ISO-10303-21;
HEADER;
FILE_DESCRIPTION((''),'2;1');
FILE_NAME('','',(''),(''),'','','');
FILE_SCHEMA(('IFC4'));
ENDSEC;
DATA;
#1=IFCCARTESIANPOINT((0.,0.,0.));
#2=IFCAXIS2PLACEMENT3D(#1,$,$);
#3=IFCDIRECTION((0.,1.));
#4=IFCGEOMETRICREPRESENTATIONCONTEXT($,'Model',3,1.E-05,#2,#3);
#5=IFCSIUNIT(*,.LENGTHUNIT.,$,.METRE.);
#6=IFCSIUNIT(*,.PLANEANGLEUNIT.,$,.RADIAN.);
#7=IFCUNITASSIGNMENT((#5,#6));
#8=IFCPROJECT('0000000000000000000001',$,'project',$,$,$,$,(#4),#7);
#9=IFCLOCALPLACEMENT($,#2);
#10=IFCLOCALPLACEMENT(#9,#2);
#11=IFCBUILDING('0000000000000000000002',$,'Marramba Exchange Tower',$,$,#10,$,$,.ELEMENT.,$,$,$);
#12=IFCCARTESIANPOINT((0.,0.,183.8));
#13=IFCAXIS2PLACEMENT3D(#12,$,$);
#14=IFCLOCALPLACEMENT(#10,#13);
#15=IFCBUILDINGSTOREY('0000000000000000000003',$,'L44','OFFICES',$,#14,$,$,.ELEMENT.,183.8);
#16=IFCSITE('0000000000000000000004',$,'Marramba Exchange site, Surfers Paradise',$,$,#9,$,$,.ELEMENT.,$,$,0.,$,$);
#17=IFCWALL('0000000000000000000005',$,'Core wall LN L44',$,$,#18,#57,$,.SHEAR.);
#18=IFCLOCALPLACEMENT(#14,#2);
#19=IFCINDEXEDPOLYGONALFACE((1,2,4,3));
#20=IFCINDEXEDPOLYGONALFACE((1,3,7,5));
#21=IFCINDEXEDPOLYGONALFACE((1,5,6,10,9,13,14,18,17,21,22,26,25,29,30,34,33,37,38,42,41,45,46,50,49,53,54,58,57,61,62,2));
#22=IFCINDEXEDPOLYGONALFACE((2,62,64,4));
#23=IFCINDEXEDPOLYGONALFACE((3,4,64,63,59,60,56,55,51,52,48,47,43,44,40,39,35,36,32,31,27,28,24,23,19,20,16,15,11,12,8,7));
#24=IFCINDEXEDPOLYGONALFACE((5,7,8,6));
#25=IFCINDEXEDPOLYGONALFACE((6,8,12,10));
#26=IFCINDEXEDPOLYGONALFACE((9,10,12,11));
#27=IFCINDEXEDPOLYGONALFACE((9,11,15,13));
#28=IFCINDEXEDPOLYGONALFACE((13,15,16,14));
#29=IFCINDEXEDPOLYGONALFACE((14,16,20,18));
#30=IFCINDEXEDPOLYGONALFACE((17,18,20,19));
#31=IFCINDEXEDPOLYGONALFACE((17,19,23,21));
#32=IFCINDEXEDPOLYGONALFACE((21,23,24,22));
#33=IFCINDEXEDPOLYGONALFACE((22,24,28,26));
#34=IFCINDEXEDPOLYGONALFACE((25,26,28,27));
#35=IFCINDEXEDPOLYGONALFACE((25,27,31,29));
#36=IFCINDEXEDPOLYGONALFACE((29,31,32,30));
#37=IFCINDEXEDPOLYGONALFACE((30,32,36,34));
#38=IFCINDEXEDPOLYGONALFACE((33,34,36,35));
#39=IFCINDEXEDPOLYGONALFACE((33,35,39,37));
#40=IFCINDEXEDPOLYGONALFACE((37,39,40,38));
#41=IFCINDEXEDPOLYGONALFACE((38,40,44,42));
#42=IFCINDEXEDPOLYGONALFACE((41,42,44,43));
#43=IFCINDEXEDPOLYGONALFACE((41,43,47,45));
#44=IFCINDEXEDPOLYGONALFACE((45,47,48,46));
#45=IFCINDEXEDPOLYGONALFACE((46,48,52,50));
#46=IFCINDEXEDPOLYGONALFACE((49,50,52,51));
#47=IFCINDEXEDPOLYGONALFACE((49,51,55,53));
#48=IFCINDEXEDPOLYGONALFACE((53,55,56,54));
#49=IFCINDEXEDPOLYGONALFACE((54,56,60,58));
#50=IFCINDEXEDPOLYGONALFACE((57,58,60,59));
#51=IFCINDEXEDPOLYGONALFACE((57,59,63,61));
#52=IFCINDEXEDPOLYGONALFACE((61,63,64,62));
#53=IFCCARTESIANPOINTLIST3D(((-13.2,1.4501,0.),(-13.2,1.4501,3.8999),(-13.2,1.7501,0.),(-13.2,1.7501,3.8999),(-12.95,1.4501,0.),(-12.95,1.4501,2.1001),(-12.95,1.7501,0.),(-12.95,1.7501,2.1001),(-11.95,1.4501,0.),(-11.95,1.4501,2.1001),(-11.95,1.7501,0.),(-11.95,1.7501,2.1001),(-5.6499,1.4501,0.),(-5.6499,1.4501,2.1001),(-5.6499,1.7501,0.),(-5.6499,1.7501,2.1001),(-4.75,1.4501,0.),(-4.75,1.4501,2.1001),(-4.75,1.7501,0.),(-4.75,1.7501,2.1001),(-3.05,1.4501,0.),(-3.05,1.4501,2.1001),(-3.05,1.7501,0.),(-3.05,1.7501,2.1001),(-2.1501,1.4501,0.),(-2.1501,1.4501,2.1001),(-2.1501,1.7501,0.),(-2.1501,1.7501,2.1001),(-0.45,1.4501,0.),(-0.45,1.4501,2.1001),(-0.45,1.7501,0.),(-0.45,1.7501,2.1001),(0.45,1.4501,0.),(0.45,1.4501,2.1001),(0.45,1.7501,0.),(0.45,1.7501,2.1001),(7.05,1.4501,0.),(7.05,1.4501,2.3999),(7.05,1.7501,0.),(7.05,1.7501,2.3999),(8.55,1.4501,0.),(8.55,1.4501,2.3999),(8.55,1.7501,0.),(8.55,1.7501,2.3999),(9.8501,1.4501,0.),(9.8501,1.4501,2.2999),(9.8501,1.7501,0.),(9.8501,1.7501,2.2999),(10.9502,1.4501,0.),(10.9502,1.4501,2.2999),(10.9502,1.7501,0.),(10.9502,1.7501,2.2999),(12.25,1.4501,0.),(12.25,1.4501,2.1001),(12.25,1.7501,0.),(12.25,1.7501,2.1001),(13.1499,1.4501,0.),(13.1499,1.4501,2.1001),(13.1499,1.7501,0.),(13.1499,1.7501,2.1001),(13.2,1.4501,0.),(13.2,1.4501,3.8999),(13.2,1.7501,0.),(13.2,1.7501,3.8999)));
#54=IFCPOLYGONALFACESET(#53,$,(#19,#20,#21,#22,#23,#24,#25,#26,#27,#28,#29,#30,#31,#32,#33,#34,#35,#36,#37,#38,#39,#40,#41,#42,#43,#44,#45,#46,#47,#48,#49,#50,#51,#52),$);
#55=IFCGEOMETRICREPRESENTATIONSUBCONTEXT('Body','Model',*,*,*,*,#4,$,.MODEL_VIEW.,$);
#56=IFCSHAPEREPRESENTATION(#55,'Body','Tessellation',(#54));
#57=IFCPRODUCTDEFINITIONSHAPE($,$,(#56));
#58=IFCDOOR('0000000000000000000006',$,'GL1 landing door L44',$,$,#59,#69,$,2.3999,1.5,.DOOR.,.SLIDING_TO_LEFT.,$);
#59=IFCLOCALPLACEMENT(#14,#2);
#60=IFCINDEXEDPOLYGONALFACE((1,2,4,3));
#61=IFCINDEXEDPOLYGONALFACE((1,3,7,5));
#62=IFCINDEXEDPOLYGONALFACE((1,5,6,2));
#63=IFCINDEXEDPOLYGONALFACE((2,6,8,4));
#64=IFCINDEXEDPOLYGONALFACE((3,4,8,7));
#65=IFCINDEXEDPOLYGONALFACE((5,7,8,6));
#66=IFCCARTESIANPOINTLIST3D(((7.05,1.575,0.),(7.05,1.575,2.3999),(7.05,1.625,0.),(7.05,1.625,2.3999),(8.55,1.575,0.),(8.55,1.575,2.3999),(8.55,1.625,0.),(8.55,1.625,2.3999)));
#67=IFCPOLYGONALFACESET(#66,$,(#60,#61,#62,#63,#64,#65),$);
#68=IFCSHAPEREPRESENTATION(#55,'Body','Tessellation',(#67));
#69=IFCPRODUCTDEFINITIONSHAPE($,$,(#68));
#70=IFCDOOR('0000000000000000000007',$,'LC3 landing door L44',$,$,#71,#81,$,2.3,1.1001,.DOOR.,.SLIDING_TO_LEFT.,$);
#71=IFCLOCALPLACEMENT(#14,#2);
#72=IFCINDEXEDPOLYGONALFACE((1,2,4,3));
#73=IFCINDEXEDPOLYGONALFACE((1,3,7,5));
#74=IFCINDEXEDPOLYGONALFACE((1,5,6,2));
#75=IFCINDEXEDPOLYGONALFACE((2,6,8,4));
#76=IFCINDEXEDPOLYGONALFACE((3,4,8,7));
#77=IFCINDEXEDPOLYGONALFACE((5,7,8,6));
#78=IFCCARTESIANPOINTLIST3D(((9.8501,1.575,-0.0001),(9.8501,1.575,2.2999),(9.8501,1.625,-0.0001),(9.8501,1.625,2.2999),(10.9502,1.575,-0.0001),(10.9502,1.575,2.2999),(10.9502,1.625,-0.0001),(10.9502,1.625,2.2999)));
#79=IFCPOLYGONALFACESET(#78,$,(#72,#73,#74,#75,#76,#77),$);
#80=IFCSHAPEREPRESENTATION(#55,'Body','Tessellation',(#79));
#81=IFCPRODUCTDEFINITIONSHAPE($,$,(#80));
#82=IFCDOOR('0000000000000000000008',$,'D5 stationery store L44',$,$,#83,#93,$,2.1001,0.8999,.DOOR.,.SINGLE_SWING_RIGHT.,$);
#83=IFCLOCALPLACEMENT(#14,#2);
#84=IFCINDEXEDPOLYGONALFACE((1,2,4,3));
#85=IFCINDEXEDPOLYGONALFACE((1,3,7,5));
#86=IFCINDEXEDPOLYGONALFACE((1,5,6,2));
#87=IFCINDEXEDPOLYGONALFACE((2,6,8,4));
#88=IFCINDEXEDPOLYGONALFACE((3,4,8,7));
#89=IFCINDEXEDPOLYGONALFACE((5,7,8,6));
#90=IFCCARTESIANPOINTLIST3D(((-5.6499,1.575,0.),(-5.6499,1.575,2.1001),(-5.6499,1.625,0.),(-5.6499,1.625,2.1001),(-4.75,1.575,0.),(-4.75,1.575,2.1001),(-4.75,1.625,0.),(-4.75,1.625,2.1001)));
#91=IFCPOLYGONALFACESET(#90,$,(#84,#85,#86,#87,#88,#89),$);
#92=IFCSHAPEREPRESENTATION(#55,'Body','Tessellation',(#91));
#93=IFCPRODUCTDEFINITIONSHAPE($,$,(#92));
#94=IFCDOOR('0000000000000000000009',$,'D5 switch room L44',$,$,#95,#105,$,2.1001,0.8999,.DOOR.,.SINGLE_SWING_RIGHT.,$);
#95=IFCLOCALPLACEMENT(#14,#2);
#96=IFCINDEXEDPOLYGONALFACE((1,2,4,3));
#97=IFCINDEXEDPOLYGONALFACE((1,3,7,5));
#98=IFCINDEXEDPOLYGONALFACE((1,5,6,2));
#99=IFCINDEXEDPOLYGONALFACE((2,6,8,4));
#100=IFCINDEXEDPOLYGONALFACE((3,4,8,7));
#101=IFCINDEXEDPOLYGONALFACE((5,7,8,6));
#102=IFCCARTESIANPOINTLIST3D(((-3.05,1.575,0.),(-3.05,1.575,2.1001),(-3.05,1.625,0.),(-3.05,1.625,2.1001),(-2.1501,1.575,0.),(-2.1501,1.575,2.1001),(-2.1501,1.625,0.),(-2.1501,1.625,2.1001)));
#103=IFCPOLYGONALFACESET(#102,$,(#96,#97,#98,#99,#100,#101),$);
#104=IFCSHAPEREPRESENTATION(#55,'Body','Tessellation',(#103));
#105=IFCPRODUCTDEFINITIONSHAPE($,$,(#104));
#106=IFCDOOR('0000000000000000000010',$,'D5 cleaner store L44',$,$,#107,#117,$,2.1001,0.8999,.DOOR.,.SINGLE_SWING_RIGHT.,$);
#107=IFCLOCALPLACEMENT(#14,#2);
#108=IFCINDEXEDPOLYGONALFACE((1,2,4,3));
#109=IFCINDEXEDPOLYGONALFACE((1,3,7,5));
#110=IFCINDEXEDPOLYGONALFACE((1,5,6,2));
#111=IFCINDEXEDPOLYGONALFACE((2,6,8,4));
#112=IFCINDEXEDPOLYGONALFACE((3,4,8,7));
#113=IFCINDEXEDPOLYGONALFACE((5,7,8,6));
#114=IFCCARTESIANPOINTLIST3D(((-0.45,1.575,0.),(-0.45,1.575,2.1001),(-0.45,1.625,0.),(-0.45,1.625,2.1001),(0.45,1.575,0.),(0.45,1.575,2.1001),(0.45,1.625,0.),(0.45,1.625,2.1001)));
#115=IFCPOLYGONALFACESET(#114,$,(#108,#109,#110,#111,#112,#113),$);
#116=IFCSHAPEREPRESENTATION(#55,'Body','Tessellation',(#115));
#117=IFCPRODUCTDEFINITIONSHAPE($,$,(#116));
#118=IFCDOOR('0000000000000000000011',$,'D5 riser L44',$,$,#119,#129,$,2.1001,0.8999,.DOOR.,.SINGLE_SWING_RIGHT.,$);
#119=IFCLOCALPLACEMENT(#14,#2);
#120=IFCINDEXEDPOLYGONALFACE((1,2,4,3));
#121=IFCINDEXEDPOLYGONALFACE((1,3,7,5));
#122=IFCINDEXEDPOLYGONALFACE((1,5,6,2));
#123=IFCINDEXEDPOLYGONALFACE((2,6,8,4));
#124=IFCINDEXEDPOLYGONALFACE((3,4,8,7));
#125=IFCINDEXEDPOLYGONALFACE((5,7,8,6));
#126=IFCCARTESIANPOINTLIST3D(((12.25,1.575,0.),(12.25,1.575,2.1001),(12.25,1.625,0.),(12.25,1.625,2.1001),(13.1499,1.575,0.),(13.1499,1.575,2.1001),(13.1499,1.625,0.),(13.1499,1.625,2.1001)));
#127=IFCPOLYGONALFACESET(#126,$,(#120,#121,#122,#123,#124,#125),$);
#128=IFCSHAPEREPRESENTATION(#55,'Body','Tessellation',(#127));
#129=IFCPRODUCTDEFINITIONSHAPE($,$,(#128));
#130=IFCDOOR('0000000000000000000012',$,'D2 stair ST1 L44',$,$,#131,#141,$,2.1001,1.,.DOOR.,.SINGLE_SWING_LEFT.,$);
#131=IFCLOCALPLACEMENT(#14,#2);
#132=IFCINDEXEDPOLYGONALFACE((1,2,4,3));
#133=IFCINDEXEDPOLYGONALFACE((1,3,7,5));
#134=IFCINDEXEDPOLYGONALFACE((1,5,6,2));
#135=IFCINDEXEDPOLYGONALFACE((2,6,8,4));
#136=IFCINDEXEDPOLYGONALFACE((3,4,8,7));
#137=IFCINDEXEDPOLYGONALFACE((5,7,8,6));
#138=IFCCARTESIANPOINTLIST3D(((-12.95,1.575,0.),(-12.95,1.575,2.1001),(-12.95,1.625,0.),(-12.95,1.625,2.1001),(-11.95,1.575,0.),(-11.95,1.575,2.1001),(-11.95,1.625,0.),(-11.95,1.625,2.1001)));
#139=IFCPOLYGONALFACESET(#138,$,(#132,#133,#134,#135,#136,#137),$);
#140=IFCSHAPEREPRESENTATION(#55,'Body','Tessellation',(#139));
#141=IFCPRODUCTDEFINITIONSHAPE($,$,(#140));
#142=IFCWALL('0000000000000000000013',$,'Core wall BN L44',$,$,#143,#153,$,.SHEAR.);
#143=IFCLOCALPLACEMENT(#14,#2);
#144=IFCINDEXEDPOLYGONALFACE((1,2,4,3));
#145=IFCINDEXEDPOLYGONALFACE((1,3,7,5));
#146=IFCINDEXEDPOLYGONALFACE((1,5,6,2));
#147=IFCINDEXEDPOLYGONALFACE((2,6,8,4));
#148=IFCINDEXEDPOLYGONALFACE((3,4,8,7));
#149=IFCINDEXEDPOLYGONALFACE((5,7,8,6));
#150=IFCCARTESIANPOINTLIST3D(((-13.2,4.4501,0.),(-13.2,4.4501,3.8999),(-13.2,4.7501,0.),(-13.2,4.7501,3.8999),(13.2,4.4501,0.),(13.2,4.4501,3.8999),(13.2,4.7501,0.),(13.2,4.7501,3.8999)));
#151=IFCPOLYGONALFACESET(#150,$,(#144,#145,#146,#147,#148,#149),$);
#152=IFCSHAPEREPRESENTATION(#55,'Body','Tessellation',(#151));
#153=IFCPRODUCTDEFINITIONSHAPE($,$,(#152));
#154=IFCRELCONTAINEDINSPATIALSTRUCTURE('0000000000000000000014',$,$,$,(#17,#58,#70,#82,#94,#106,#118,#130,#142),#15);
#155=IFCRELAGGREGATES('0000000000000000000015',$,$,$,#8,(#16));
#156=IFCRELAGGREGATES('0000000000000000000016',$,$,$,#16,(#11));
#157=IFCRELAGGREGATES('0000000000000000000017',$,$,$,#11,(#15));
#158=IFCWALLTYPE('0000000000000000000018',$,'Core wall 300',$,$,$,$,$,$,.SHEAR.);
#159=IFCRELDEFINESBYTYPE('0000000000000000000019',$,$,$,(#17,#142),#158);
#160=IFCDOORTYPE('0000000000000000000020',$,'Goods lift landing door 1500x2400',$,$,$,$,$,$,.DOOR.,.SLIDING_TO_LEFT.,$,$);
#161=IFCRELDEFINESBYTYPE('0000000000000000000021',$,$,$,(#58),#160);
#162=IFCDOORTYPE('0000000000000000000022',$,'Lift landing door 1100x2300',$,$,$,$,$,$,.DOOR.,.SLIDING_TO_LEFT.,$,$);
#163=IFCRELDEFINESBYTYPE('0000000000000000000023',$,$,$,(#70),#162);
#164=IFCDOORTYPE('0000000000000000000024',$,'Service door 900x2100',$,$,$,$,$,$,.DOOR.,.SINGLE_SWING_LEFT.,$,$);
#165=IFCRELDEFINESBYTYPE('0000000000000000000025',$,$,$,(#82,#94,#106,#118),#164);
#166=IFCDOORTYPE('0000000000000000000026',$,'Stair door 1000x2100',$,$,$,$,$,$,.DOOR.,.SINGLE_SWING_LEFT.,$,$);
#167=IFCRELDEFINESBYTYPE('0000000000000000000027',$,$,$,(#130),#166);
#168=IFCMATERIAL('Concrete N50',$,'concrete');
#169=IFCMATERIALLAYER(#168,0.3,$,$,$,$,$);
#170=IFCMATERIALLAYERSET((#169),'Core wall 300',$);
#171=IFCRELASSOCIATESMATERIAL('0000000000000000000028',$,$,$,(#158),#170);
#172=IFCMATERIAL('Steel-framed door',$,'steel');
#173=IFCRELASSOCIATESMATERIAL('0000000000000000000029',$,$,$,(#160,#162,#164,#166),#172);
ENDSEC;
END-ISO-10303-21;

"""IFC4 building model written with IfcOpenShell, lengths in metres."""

from ifc_helpers import new_model, si_unit, direction, frame, frame_2d, origin, place, context, subcontext, project, spatial, rectangle, extrude, material, layer, layer_set, type_object, element, fill, save


model = new_model("IFC4")

# Units and contexts
model_context = context("Model", 3, precision=1e-05, world=origin(), true_north=direction((0.0, 1.0)))
body_context = subcontext(model_context, "Body", "Model", "MODEL_VIEW")
ifc_project = project(units=[si_unit("LENGTHUNIT", "METRE"), si_unit("PLANEANGLEUNIT", "RADIAN")], contexts=[model_context])

# Site, building, storey
site_placement = place(None, origin())
site = spatial("IfcSite", under=ifc_project, at=site_placement, Name="Marramba Exchange site, Surfers Paradise", CompositionType="ELEMENT", RefElevation=0.0)
building_placement = place(site_placement, origin())
building = spatial("IfcBuilding", under=site, at=building_placement, Name="Marramba Exchange Tower", CompositionType="ELEMENT")
storey_placement = place(building_placement, frame((0.0, 0.0, 183.8)))
storey = spatial("IfcBuildingStorey", under=building, at=storey_placement, Name="L44", Description="OFFICES", CompositionType="ELEMENT", Elevation=183.8)

# Shared definitions
ifc_material_1 = material(Name="Concrete N50", Category="concrete")
ifc_material_2 = material(Name="Steel-framed door", Category="steel")

# Wall, openings, doors
ifc_layer_1 = layer(ifc_material_1, 0.3)
ifc_layer_set_1 = layer_set([ifc_layer_1], Name="Core wall 300")
wall_type_1 = type_object("IfcWallType", Name="Core wall 300", PredefinedType="SHEAR", material=ifc_layer_set_1)
wall_1_placement = place(storey_placement, frame((-13.2, 1.6001, 0.0), z_axis=(0.0, 0.0, 1.0), x_axis=(1.0, 0.0, 0.0)))
wall_1 = element("IfcWall", 1, at=wall_1_placement, inside=storey, type_object=wall_type_1, Name="Core wall LN L44", PredefinedType="SHEAR", context=body_context, shape_type="SweptSolid", body=[
    extrude(rectangle(XDim=26.3999, YDim=0.3, at=frame_2d((13.2, 0.0))), origin(), (0.0, 0.0, 1.0), 3.8999),
])
opening_1_placement = place(wall_1_placement, frame((0.25, 0.0, 0.0)))
opening_1 = element("IfcOpeningElement", 2, at=opening_1_placement, cuts=wall_1, PredefinedType="OPENING", context=body_context, shape_type="SweptSolid", body=[
    extrude(rectangle(XDim=1.0, YDim=2.1001, at=frame_2d((0.5, 1.05))), frame((0.0, 0.1599, 0.0), z_axis=(0.0, -1.0, 0.0), x_axis=(1.0, 0.0, 0.0)), (0.0, 0.0, 1.0), 0.3201),
])
opening_2_placement = place(wall_1_placement, frame((23.05, 0.0, 0.0)))
opening_2 = element("IfcOpeningElement", 3, at=opening_2_placement, cuts=wall_1, PredefinedType="OPENING", context=body_context, shape_type="SweptSolid", body=[
    extrude(rectangle(XDim=1.1001, YDim=2.3, at=frame_2d((0.55, 1.1499))), frame((0.0, 0.1599, 0.0), z_axis=(0.0, -1.0, 0.0), x_axis=(1.0, 0.0, 0.0)), (0.0, 0.0, 1.0), 0.3201),
])
opening_3_placement = place(wall_1_placement, frame((20.25, 0.0, 0.0)))
opening_3 = element("IfcOpeningElement", 4, at=opening_3_placement, cuts=wall_1, PredefinedType="OPENING", context=body_context, shape_type="SweptSolid", body=[
    extrude(rectangle(XDim=1.5, YDim=2.3999, at=frame_2d((0.75, 1.2))), frame((0.0, 0.1599, 0.0), z_axis=(0.0, -1.0, 0.0), x_axis=(1.0, 0.0, 0.0)), (0.0, 0.0, 1.0), 0.3201),
])
opening_4_placement = place(wall_1_placement, frame((7.55, 0.0, 0.0)))
opening_4 = element("IfcOpeningElement", 5, at=opening_4_placement, cuts=wall_1, PredefinedType="OPENING", context=body_context, shape_type="SweptSolid", body=[
    extrude(rectangle(XDim=0.8999, YDim=2.1001, at=frame_2d((0.45, 1.05))), frame((0.0, 0.1599, 0.0), z_axis=(0.0, -1.0, 0.0), x_axis=(1.0, 0.0, 0.0)), (0.0, 0.0, 1.0), 0.3201),
])
opening_5_placement = place(wall_1_placement, frame((10.1499, 0.0, 0.0)))
opening_5 = element("IfcOpeningElement", 6, at=opening_5_placement, cuts=wall_1, PredefinedType="OPENING", context=body_context, shape_type="SweptSolid", body=[
    extrude(rectangle(XDim=0.8999, YDim=2.1001, at=frame_2d((0.45, 1.05))), frame((0.0, 0.1599, 0.0), z_axis=(0.0, -1.0, 0.0), x_axis=(1.0, 0.0, 0.0)), (0.0, 0.0, 1.0), 0.3201),
])
opening_6_placement = place(wall_1_placement, frame((12.75, 0.0, 0.0)))
opening_6 = element("IfcOpeningElement", 7, at=opening_6_placement, cuts=wall_1, PredefinedType="OPENING", context=body_context, shape_type="SweptSolid", body=[
    extrude(rectangle(XDim=0.8999, YDim=2.1001, at=frame_2d((0.45, 1.05))), frame((0.0, 0.1599, 0.0), z_axis=(0.0, -1.0, 0.0), x_axis=(1.0, 0.0, 0.0)), (0.0, 0.0, 1.0), 0.3201),
])
opening_7_placement = place(wall_1_placement, frame((25.45, 0.0, 0.0)))
opening_7 = element("IfcOpeningElement", 8, at=opening_7_placement, cuts=wall_1, PredefinedType="OPENING", context=body_context, shape_type="SweptSolid", body=[
    extrude(rectangle(XDim=0.8999, YDim=2.1001, at=frame_2d((0.45, 1.05))), frame((0.0, 0.1599, 0.0), z_axis=(0.0, -1.0, 0.0), x_axis=(1.0, 0.0, 0.0)), (0.0, 0.0, 1.0), 0.3201),
])
door_type_1 = type_object("IfcDoorType", Name="Goods lift landing door 1500x2400", OperationType="SLIDING_TO_LEFT", PredefinedType="DOOR", material=ifc_material_2)
door_1_placement = place(opening_3_placement, origin())
door_1 = element("IfcDoor", 9, at=door_1_placement, inside=storey, type_object=door_type_1, Name="GL1 landing door L44", OperationType="SLIDING_TO_LEFT", OverallHeight=2.3999, OverallWidth=1.5, PredefinedType="DOOR", context=body_context, shape_type="SweptSolid", body=[
    extrude(rectangle(XDim=1.5, YDim=2.3999, at=frame_2d((0.75, 1.2))), frame((0.0, 0.0249, 0.0), z_axis=(0.0, -1.0, 0.0), x_axis=(1.0, 0.0, 0.0)), (0.0, 0.0, 1.0), 0.05),
])
fill(opening_3, door_1)
door_type_2 = type_object("IfcDoorType", Name="Lift landing door 1100x2300", OperationType="SLIDING_TO_LEFT", PredefinedType="DOOR", material=ifc_material_2)
door_2_placement = place(opening_2_placement, origin())
door_2 = element("IfcDoor", 10, at=door_2_placement, inside=storey, type_object=door_type_2, Name="LC3 landing door L44", OperationType="SLIDING_TO_LEFT", OverallHeight=2.3, OverallWidth=1.1001, PredefinedType="DOOR", context=body_context, shape_type="SweptSolid", body=[
    extrude(rectangle(XDim=1.1001, YDim=2.3, at=frame_2d((0.55, 1.1499))), frame((0.0, 0.0249, 0.0), z_axis=(0.0, -1.0, 0.0), x_axis=(1.0, 0.0, 0.0)), (0.0, 0.0, 1.0), 0.05),
])
fill(opening_2, door_2)
door_type_3 = type_object("IfcDoorType", Name="Service door 900x2100", OperationType="SINGLE_SWING_LEFT", PredefinedType="DOOR", material=ifc_material_2)
door_3_placement = place(opening_4_placement, origin())
door_3 = element("IfcDoor", 11, at=door_3_placement, inside=storey, type_object=door_type_3, Name="D5 stationery store L44", OperationType="SINGLE_SWING_RIGHT", OverallHeight=2.1001, OverallWidth=0.8999, PredefinedType="DOOR", context=body_context, shape_type="SweptSolid", body=[
    extrude(rectangle(XDim=0.8999, YDim=2.1001, at=frame_2d((0.45, 1.05))), frame((0.0, 0.0249, 0.0), z_axis=(0.0, -1.0, 0.0), x_axis=(1.0, 0.0, 0.0)), (0.0, 0.0, 1.0), 0.05),
])
fill(opening_4, door_3)
door_4_placement = place(opening_5_placement, origin())
door_4 = element("IfcDoor", 12, at=door_4_placement, inside=storey, type_object=door_type_3, Name="D5 switch room L44", OperationType="SINGLE_SWING_RIGHT", OverallHeight=2.1001, OverallWidth=0.8999, PredefinedType="DOOR", context=body_context, shape_type="SweptSolid", body=[
    extrude(rectangle(XDim=0.8999, YDim=2.1001, at=frame_2d((0.45, 1.05))), frame((0.0, 0.0249, 0.0), z_axis=(0.0, -1.0, 0.0), x_axis=(1.0, 0.0, 0.0)), (0.0, 0.0, 1.0), 0.05),
])
fill(opening_5, door_4)
door_5_placement = place(opening_6_placement, origin())
door_5 = element("IfcDoor", 13, at=door_5_placement, inside=storey, type_object=door_type_3, Name="D5 cleaner store L44", OperationType="SINGLE_SWING_RIGHT", OverallHeight=2.1001, OverallWidth=0.8999, PredefinedType="DOOR", context=body_context, shape_type="SweptSolid", body=[
    extrude(rectangle(XDim=0.8999, YDim=2.1001, at=frame_2d((0.45, 1.05))), frame((0.0, 0.0249, 0.0), z_axis=(0.0, -1.0, 0.0), x_axis=(1.0, 0.0, 0.0)), (0.0, 0.0, 1.0), 0.05),
])
fill(opening_6, door_5)
door_6_placement = place(opening_7_placement, origin())
door_6 = element("IfcDoor", 14, at=door_6_placement, inside=storey, type_object=door_type_3, Name="D5 riser L44", OperationType="SINGLE_SWING_RIGHT", OverallHeight=2.1001, OverallWidth=0.8999, PredefinedType="DOOR", context=body_context, shape_type="SweptSolid", body=[
    extrude(rectangle(XDim=0.8999, YDim=2.1001, at=frame_2d((0.45, 1.05))), frame((0.0, 0.0249, 0.0), z_axis=(0.0, -1.0, 0.0), x_axis=(1.0, 0.0, 0.0)), (0.0, 0.0, 1.0), 0.05),
])
fill(opening_7, door_6)
door_type_4 = type_object("IfcDoorType", Name="Stair door 1000x2100", OperationType="SINGLE_SWING_LEFT", PredefinedType="DOOR", material=ifc_material_2)
door_7_placement = place(opening_1_placement, origin())
door_7 = element("IfcDoor", 15, at=door_7_placement, inside=storey, type_object=door_type_4, Name="D2 stair ST1 L44", OperationType="SINGLE_SWING_LEFT", OverallHeight=2.1001, OverallWidth=1.0, PredefinedType="DOOR", context=body_context, shape_type="SweptSolid", body=[
    extrude(rectangle(XDim=1.0, YDim=2.1001, at=frame_2d((0.5, 1.05))), frame((0.0, 0.0249, 0.0), z_axis=(0.0, -1.0, 0.0), x_axis=(1.0, 0.0, 0.0)), (0.0, 0.0, 1.0), 0.05),
])
fill(opening_1, door_7)

# Wall
wall_2_placement = place(storey_placement, frame((-13.2, 4.6001, 0.0), z_axis=(0.0, 0.0, 1.0), x_axis=(1.0, 0.0, 0.0)))
element("IfcWall", 16, at=wall_2_placement, inside=storey, type_object=wall_type_1, Name="Core wall BN L44", PredefinedType="SHEAR", context=body_context, shape_type="SweptSolid", body=[
    extrude(rectangle(XDim=26.3999, YDim=0.3, at=frame_2d((13.2, 0.0))), origin(), (0.0, 0.0, 1.0), 3.8999),
])

save(model, "model.ifc")
